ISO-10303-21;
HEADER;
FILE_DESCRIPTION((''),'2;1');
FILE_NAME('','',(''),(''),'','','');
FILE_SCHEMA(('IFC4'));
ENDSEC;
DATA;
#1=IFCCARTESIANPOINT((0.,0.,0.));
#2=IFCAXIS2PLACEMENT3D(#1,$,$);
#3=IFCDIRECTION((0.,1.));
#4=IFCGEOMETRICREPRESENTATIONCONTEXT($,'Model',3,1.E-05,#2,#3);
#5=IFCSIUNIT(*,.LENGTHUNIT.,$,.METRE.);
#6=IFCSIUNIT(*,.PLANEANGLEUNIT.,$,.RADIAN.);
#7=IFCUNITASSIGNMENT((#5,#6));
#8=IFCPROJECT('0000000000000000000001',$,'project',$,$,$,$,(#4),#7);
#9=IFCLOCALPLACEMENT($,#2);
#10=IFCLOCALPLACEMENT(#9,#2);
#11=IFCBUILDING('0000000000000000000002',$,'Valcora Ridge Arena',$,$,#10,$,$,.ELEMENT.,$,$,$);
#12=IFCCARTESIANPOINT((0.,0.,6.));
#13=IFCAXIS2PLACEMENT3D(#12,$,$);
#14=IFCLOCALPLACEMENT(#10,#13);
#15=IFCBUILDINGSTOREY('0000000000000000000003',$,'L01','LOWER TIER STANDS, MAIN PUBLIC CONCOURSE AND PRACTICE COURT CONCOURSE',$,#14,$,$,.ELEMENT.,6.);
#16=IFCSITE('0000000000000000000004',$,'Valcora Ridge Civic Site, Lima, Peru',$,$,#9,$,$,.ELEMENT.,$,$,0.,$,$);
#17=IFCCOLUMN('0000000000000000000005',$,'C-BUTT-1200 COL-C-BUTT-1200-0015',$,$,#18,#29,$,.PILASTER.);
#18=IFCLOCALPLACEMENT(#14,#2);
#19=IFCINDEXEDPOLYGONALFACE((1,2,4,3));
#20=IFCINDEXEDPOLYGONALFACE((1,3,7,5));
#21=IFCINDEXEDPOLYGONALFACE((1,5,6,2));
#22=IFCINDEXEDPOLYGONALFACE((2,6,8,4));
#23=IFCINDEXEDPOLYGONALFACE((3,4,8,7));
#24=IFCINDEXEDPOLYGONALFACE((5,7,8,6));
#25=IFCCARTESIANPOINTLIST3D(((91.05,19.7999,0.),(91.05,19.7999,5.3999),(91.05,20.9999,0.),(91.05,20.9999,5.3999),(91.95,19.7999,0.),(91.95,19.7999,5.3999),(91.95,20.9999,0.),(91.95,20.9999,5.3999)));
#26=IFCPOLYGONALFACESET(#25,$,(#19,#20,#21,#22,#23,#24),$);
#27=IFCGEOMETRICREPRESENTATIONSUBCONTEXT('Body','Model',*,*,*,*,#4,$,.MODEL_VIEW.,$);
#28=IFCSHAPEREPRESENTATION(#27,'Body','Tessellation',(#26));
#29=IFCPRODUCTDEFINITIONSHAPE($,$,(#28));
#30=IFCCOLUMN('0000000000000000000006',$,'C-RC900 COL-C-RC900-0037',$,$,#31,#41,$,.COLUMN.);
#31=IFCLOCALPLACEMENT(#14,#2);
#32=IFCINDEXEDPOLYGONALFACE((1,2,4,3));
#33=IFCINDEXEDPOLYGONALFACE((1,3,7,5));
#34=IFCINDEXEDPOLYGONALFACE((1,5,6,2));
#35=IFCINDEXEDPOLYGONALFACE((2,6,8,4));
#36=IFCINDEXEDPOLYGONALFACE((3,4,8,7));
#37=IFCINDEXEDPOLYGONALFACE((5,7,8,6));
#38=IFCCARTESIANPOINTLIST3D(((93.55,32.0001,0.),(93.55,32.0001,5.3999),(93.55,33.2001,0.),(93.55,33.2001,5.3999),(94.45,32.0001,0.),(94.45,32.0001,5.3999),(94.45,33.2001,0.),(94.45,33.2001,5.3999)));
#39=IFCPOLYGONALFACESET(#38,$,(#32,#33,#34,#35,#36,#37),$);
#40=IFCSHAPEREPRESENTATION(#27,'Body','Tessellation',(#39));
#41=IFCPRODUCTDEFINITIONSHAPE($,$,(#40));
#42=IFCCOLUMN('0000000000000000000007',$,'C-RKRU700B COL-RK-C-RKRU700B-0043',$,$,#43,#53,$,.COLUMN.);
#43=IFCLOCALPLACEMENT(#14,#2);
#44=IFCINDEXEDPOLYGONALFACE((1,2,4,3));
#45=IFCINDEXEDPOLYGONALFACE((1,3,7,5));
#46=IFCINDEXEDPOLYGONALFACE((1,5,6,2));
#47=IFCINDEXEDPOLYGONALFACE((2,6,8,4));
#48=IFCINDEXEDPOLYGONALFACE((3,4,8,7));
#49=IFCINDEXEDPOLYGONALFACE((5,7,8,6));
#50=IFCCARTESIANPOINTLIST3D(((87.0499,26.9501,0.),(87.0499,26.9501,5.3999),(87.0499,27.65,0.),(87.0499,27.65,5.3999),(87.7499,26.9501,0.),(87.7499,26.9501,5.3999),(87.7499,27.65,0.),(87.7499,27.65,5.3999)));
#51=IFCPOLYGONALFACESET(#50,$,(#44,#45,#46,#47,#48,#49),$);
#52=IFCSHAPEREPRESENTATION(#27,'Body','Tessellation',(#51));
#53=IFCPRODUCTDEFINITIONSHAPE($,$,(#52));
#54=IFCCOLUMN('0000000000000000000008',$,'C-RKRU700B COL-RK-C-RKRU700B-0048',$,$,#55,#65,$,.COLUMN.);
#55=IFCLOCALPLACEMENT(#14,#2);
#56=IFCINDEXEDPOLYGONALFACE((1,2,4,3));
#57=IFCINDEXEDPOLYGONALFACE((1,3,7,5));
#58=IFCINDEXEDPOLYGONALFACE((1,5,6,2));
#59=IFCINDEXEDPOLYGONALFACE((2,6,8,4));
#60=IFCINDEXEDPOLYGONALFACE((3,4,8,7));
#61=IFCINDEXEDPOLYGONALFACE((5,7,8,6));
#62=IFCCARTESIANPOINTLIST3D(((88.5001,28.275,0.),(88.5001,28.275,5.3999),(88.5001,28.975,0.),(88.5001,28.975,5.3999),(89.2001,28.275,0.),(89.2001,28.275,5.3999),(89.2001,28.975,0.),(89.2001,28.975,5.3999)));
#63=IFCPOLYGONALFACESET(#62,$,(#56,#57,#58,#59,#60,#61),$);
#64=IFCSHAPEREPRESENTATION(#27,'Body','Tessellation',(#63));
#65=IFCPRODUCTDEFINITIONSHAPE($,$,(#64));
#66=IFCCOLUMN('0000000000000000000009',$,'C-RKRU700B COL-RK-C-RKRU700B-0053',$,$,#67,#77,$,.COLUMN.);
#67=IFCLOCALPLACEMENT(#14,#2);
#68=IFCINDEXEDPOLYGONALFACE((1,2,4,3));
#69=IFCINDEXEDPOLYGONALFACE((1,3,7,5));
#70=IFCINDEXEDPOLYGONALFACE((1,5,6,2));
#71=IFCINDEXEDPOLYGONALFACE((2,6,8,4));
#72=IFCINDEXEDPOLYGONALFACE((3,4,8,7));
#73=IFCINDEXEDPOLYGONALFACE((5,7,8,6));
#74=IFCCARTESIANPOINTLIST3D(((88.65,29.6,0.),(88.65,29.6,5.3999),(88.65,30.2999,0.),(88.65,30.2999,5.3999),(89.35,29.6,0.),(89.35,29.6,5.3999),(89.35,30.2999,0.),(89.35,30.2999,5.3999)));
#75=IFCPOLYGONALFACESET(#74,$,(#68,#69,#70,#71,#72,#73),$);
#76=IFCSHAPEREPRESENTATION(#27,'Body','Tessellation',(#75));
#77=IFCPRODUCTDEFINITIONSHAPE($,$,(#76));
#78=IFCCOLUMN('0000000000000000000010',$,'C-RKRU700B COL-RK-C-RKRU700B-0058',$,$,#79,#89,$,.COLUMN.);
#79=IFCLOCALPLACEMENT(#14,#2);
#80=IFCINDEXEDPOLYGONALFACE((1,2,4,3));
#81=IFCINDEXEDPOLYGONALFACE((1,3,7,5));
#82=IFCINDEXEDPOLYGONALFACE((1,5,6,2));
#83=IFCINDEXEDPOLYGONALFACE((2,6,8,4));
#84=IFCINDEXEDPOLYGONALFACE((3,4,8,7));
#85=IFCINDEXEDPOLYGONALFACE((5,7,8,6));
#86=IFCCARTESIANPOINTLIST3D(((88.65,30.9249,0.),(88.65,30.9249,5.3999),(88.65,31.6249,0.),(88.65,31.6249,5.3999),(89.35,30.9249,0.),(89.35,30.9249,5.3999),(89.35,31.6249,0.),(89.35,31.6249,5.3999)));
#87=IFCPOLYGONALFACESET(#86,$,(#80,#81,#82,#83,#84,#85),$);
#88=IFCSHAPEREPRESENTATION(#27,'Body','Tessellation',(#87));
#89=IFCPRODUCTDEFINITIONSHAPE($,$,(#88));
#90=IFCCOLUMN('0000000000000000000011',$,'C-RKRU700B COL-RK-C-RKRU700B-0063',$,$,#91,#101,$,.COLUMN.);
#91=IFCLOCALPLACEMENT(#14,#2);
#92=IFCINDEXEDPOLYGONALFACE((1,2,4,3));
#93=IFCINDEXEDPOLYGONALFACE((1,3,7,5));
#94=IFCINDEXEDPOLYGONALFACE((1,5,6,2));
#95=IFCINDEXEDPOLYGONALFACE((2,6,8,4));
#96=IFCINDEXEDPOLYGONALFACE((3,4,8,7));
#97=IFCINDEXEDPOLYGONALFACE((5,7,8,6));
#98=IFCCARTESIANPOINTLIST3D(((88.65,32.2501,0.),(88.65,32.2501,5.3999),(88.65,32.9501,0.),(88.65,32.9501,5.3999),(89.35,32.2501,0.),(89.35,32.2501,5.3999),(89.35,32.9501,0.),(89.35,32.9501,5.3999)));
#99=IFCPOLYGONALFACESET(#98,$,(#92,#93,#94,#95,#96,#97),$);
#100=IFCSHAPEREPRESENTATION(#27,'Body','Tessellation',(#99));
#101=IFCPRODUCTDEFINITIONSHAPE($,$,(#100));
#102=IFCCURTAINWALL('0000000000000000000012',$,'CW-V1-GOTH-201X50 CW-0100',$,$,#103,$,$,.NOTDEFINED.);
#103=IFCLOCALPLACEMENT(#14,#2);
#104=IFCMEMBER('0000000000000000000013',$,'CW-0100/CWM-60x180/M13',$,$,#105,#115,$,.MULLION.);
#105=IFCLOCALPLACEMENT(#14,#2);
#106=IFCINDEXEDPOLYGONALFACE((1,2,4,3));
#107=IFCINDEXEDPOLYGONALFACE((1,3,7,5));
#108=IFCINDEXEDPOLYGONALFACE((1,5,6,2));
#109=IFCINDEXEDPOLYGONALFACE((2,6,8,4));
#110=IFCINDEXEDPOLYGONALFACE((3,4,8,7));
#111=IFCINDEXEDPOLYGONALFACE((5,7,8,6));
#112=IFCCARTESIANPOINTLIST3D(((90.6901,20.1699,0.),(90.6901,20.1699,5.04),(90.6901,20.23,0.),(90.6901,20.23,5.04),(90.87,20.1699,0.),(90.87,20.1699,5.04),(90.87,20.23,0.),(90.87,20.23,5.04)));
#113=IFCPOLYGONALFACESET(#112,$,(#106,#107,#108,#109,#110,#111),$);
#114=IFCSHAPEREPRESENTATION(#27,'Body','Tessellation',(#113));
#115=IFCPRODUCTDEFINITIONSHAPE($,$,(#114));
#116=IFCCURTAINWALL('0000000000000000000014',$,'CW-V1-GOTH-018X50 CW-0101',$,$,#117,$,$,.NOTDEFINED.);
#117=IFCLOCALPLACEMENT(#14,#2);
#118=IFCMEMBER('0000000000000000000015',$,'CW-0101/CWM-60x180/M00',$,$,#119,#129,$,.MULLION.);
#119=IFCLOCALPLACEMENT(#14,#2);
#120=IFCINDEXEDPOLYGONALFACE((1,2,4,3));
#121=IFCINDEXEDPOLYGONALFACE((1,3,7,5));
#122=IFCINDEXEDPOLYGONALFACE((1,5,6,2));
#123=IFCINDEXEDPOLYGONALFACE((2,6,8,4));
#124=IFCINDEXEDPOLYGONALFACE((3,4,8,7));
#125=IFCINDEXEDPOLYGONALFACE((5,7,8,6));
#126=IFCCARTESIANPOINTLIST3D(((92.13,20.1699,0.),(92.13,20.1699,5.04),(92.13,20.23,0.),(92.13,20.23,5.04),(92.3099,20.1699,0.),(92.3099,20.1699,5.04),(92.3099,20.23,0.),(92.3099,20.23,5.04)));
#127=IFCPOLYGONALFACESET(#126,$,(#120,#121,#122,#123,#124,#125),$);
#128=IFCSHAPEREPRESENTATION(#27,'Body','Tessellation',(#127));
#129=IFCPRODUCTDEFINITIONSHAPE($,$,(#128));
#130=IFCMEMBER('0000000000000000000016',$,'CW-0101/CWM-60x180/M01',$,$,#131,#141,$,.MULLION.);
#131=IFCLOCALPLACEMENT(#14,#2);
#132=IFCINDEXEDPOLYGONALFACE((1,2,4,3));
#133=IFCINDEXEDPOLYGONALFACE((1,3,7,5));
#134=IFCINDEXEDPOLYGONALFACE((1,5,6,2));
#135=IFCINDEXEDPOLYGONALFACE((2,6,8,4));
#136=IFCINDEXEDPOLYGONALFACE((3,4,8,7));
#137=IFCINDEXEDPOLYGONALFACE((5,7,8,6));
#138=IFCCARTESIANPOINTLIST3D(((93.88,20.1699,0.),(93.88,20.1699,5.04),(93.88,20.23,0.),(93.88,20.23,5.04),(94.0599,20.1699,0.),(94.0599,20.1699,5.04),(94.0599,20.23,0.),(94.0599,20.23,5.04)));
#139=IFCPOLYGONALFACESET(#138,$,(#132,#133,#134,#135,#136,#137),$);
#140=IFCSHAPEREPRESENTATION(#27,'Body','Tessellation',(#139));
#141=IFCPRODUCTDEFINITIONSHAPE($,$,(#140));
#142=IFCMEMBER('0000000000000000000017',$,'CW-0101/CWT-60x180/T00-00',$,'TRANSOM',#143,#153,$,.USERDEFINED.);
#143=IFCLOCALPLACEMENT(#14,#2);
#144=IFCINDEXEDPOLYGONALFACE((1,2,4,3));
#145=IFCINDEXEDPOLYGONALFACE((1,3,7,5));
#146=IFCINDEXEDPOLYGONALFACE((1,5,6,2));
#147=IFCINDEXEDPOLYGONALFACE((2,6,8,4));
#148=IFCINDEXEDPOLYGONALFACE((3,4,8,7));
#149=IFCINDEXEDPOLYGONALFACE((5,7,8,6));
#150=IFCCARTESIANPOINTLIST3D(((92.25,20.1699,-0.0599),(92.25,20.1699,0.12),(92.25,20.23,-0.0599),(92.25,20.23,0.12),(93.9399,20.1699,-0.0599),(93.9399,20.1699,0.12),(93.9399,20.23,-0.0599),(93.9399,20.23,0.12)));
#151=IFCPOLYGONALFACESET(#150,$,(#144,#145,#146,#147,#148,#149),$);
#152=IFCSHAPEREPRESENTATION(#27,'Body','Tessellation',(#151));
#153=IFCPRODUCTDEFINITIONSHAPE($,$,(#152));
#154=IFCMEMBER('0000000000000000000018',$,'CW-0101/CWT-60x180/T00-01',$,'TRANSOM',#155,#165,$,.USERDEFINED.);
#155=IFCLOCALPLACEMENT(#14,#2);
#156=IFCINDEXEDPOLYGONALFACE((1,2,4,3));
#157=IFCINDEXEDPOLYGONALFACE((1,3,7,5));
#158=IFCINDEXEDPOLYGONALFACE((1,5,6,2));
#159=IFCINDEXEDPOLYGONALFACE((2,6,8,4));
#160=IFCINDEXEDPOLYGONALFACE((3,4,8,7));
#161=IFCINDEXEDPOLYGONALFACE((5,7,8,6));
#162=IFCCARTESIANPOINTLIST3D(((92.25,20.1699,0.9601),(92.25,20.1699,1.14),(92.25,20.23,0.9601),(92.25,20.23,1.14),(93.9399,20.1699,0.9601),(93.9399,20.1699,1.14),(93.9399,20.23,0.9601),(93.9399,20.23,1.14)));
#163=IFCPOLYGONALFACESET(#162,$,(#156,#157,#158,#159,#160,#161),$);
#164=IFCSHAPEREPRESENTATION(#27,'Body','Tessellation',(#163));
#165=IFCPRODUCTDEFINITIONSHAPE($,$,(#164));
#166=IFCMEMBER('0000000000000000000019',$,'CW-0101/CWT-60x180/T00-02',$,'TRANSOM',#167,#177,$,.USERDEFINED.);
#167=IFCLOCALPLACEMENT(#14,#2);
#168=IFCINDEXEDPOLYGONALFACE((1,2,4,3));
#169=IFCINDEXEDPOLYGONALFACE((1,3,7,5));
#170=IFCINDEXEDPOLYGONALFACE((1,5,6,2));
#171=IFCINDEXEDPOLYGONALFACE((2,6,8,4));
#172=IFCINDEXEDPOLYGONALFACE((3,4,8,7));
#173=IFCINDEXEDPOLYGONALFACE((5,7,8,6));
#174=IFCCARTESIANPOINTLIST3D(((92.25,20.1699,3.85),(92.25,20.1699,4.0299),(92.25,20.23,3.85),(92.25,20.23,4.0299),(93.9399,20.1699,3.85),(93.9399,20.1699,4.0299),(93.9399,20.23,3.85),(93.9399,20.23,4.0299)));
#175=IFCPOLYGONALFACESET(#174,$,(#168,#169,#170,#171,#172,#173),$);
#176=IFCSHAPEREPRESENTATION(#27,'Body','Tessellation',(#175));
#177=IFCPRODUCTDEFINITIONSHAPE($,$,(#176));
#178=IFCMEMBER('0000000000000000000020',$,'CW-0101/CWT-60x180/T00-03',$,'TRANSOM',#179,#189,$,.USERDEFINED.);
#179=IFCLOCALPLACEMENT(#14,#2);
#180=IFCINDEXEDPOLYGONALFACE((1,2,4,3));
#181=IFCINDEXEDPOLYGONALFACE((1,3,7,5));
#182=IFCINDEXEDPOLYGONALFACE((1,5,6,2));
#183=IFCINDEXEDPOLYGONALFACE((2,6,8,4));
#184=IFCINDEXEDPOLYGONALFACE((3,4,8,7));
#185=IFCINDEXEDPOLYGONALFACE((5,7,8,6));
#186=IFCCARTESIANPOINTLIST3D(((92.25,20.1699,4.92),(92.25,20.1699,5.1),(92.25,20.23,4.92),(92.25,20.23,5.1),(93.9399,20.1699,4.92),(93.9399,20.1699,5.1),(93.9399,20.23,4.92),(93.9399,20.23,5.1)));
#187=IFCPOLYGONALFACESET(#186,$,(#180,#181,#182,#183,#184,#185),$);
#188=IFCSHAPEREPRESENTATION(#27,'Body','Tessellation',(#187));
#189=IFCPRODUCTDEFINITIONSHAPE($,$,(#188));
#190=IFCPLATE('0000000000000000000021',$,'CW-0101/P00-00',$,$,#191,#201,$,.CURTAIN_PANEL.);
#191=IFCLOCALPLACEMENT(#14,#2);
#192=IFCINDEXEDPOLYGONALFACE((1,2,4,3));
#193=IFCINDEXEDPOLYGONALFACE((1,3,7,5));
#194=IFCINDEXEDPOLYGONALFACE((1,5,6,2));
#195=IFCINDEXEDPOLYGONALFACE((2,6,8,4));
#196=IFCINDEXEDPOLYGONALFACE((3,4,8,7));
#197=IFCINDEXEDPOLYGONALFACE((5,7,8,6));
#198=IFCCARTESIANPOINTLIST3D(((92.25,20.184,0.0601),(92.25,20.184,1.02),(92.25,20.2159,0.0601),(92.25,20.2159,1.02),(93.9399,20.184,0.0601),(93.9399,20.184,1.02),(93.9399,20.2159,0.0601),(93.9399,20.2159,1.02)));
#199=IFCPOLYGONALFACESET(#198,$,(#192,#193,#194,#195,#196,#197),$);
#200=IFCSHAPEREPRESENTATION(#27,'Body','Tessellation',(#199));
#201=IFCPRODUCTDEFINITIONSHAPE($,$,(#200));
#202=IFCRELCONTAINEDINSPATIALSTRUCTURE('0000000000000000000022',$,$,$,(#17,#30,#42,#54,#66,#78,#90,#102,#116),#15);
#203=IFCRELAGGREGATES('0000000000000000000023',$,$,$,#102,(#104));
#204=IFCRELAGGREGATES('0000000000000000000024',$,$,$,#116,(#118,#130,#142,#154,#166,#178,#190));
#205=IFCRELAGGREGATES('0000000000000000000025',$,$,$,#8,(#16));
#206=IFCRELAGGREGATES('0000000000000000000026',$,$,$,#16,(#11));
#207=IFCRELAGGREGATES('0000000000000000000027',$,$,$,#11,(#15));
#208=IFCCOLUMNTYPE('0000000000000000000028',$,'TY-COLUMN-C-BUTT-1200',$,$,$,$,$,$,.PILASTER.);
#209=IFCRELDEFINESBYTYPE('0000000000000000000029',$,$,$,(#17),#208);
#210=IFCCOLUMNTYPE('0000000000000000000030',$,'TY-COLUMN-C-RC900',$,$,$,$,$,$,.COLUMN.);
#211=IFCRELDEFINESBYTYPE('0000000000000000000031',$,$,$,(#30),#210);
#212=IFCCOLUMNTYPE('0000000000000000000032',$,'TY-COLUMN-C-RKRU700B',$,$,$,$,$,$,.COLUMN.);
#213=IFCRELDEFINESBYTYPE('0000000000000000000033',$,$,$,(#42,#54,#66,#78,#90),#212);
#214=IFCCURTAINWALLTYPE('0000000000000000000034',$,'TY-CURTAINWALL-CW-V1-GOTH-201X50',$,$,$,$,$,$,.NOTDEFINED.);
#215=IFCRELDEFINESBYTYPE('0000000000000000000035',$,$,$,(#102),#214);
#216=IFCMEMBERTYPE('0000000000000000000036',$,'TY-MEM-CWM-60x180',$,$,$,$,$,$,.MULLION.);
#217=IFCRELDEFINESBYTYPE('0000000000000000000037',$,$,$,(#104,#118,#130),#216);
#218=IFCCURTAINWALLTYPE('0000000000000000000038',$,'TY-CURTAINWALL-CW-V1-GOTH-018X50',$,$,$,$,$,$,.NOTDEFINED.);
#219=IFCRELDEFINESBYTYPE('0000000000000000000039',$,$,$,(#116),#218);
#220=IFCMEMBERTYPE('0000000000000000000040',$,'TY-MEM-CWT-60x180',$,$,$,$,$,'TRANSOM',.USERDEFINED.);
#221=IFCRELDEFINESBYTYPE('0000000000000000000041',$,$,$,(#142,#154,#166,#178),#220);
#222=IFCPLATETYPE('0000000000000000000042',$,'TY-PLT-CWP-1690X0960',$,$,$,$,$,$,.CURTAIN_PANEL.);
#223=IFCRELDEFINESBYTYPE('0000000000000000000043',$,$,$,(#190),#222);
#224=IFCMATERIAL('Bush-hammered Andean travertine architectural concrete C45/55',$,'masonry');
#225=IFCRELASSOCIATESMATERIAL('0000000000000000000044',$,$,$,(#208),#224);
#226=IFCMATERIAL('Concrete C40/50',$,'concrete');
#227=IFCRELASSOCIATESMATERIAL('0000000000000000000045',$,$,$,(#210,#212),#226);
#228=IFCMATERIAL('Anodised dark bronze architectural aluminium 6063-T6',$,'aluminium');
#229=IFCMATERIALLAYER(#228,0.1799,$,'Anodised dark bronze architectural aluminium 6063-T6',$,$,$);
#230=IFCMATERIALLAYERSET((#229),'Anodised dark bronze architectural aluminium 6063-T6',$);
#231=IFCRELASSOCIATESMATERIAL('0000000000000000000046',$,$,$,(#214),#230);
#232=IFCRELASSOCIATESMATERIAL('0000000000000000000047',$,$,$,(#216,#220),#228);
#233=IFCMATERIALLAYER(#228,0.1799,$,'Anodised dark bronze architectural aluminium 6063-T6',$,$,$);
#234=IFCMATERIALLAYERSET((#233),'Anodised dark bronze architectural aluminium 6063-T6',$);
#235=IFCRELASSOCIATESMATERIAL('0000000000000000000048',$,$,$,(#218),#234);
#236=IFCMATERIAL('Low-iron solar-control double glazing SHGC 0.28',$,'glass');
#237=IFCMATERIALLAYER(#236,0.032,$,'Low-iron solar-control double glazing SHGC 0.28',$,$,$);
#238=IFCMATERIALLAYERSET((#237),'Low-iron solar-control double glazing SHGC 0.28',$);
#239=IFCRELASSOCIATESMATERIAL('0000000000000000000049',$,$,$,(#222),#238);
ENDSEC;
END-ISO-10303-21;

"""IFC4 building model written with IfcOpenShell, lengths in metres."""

from ifc_helpers import new_model, si_unit, direction, frame, origin, origin_2d, place, context, subcontext, project, spatial, rectangle, extrude, material, layer, layer_set, material_profile, profile_set, type_object, element, aggregate, save


model = new_model("IFC4")

# Units and contexts
model_context = context("Model", 3, precision=1e-05, world=origin(), true_north=direction((0.0, 1.0)))
body_context = subcontext(model_context, "Body", "Model", "MODEL_VIEW")
ifc_project = project(units=[si_unit("LENGTHUNIT", "METRE"), si_unit("PLANEANGLEUNIT", "RADIAN")], contexts=[model_context])

# Site, building, storey
site_placement = place(None, origin())
site = spatial("IfcSite", under=ifc_project, at=site_placement, Name="Valcora Ridge Civic Site, Lima, Peru", CompositionType="ELEMENT", RefElevation=0.0)
building_placement = place(site_placement, origin())
building = spatial("IfcBuilding", under=site, at=building_placement, Name="Valcora Ridge Arena", CompositionType="ELEMENT")
storey_placement = place(building_placement, frame((0.0, 0.0, 6.0)))
storey = spatial("IfcBuildingStorey", under=building, at=storey_placement, Name="L01", Description="LOWER TIER STANDS, MAIN PUBLIC CONCOURSE AND PRACTICE COURT CONCOURSE", CompositionType="ELEMENT", Elevation=6.0)

# Columns
ifc_material_1 = material(Name="Bush-hammered Andean travertine architectural concrete C45/55", Category="masonry")
ifc_material_profile_1 = material_profile(ifc_material_1, rectangle(XDim=0.8999, YDim=1.2, at=origin_2d()), Name="RC 900x1200")
ifc_profile_set_1 = profile_set([ifc_material_profile_1], Name="Bush-hammered Andean travertine architectural concrete C45/55")
column_type_1 = type_object("IfcColumnType", Name="TY-COLUMN-C-BUTT-1200", PredefinedType="PILASTER", material=ifc_profile_set_1)
column_1_placement = place(storey_placement, frame((91.5, 20.3999, 0.0), z_axis=(0.0, 0.0, 1.0), x_axis=(1.0, 0.0, 0.0)))
element("IfcColumn", 1, at=column_1_placement, inside=storey, type_object=column_type_1, Name="C-BUTT-1200 COL-C-BUTT-1200-0015", PredefinedType="PILASTER", context=body_context, shape_type="SweptSolid", body=[
    extrude(rectangle(XDim=0.8999, YDim=1.2, at=origin_2d()), origin(), (0.0, 0.0, 1.0), 5.3999),
])
ifc_material_2 = material(Name="Concrete C40/50", Category="concrete")
ifc_material_profile_2 = material_profile(ifc_material_2, rectangle(XDim=0.8999, YDim=1.2, at=origin_2d()), Name="RC 900x1200")
ifc_profile_set_2 = profile_set([ifc_material_profile_2], Name="Concrete C40/50")
column_type_2 = type_object("IfcColumnType", Name="TY-COLUMN-C-RC900", PredefinedType="COLUMN", material=ifc_profile_set_2)
column_2_placement = place(storey_placement, frame((94.0, 32.6001, 0.0), z_axis=(0.0, 0.0, 1.0), x_axis=(1.0, 0.0, 0.0)))
element("IfcColumn", 2, at=column_2_placement, inside=storey, type_object=column_type_2, Name="C-RC900 COL-C-RC900-0037", PredefinedType="COLUMN", context=body_context, shape_type="SweptSolid", body=[
    extrude(rectangle(XDim=0.8999, YDim=1.2, at=origin_2d()), origin(), (0.0, 0.0, 1.0), 5.3999),
])
ifc_material_profile_3 = material_profile(ifc_material_2, rectangle(XDim=0.7, YDim=0.7, at=origin_2d()), Name="RC 700x700")
ifc_profile_set_3 = profile_set([ifc_material_profile_3], Name="Concrete C40/50")
column_type_3 = type_object("IfcColumnType", Name="TY-COLUMN-C-RKRU700B", PredefinedType="COLUMN", material=ifc_profile_set_3)
for number, where, z_axis, x_axis, name in (
    (3, (87.3999, 27.3, 0.0), (0.0, 0.0, 1.0), (1.0, 0.0, 0.0), "C-RKRU700B COL-RK-C-RKRU700B-0043"),
    (4, (88.8501, 28.625, 0.0), (0.0, 0.0, 1.0), (1.0, 0.0, 0.0), "C-RKRU700B COL-RK-C-RKRU700B-0048"),
    (5, (89.0, 29.95, 0.0), (0.0, 0.0, 1.0), (1.0, 0.0, 0.0), "C-RKRU700B COL-RK-C-RKRU700B-0053"),
    (6, (89.0, 31.2749, 0.0), (0.0, 0.0, 1.0), (1.0, 0.0, 0.0), "C-RKRU700B COL-RK-C-RKRU700B-0058"),
    (7, (89.0, 32.6001, 0.0), (0.0, 0.0, 1.0), (1.0, 0.0, 0.0), "C-RKRU700B COL-RK-C-RKRU700B-0063"),
):
    element("IfcColumn", number, at=place(storey_placement, frame(where, z_axis=z_axis, x_axis=x_axis)), inside=storey, type_object=column_type_3, Name=name, PredefinedType="COLUMN", context=body_context, shape_type="SweptSolid", body=[
        extrude(rectangle(XDim=0.7, YDim=0.7, at=origin_2d()), origin(), (0.0, 0.0, 1.0), 5.3999),
    ])

# Curtain wall, member
ifc_material_3 = material(Name="Anodised dark bronze architectural aluminium 6063-T6", Category="aluminium")
ifc_layer_1 = layer(ifc_material_3, 0.1799, Name="Anodised dark bronze architectural aluminium 6063-T6")
ifc_layer_set_1 = layer_set([ifc_layer_1], Name="Anodised dark bronze architectural aluminium 6063-T6")
curtain_wall_type_1 = type_object("IfcCurtainWallType", Name="TY-CURTAINWALL-CW-V1-GOTH-201X50", PredefinedType="NOTDEFINED", material=ifc_layer_set_1)
curtain_wall_1_placement = place(storey_placement, origin())
curtain_wall_1 = element("IfcCurtainWall", 8, at=curtain_wall_1_placement, inside=storey, type_object=curtain_wall_type_1, Name="CW-V1-GOTH-201X50 CW-0100", PredefinedType="NOTDEFINED")
ifc_material_profile_4 = material_profile(ifc_material_3, rectangle(XDim=0.0601, YDim=0.1799, at=origin_2d()), Name="ALU MULLION 60x180")
ifc_profile_set_4 = profile_set([ifc_material_profile_4], Name="Anodised dark bronze architectural aluminium 6063-T6")
member_type_1 = type_object("IfcMemberType", Name="TY-MEM-CWM-60x180", PredefinedType="MULLION", material=ifc_profile_set_4)
member_1_placement = place(storey_placement, frame((90.78, 20.2, 0.0), z_axis=(0.0, 0.0, 1.0), x_axis=(0.0, 1.0, 0.0)))
member_1 = element("IfcMember", 9, at=member_1_placement, type_object=member_type_1, Name="CW-0100/CWM-60x180/M13", PredefinedType="MULLION", context=body_context, shape_type="SweptSolid", body=[
    extrude(rectangle(XDim=0.0601, YDim=0.1799, at=origin_2d()), origin(), (0.0, 0.0, 1.0), 5.04),
])
aggregate(curtain_wall_1, [member_1])

# Curtain wall, members, plate
ifc_layer_2 = layer(ifc_material_3, 0.1799, Name="Anodised dark bronze architectural aluminium 6063-T6")
ifc_layer_set_2 = layer_set([ifc_layer_2], Name="Anodised dark bronze architectural aluminium 6063-T6")
curtain_wall_type_2 = type_object("IfcCurtainWallType", Name="TY-CURTAINWALL-CW-V1-GOTH-018X50", PredefinedType="NOTDEFINED", material=ifc_layer_set_2)
curtain_wall_2_placement = place(storey_placement, origin())
curtain_wall_2 = element("IfcCurtainWall", 10, at=curtain_wall_2_placement, inside=storey, type_object=curtain_wall_type_2, Name="CW-V1-GOTH-018X50 CW-0101", PredefinedType="NOTDEFINED")
member_2_placement = place(storey_placement, frame((92.22, 20.2, 0.0), z_axis=(0.0, 0.0, 1.0), x_axis=(0.0, 1.0, 0.0)))
member_2 = element("IfcMember", 11, at=member_2_placement, type_object=member_type_1, Name="CW-0101/CWM-60x180/M00", PredefinedType="MULLION", context=body_context, shape_type="SweptSolid", body=[
    extrude(rectangle(XDim=0.0601, YDim=0.1799, at=origin_2d()), origin(), (0.0, 0.0, 1.0), 5.04),
])
member_3_placement = place(storey_placement, frame((93.97, 20.2, 0.0), z_axis=(0.0, 0.0, 1.0), x_axis=(0.0, 1.0, 0.0)))
member_3 = element("IfcMember", 12, at=member_3_placement, type_object=member_type_1, Name="CW-0101/CWM-60x180/M01", PredefinedType="MULLION", context=body_context, shape_type="SweptSolid", body=[
    extrude(rectangle(XDim=0.0601, YDim=0.1799, at=origin_2d()), origin(), (0.0, 0.0, 1.0), 5.04),
])
ifc_material_profile_5 = material_profile(ifc_material_3, rectangle(XDim=0.0601, YDim=0.1799, at=origin_2d()), Name="ALU TRANSOM 60x180")
ifc_profile_set_5 = profile_set([ifc_material_profile_5], Name="Anodised dark bronze architectural aluminium 6063-T6")
member_type_2 = type_object("IfcMemberType", Name="TY-MEM-CWT-60x180", ElementType="TRANSOM", PredefinedType="USERDEFINED", material=ifc_profile_set_5)
member_4_placement = place(storey_placement, frame((92.25, 20.2, 0.03), z_axis=(1.0, 0.0, 0.0), x_axis=(0.0, 1.0, 0.0)))
member_4 = element("IfcMember", 13, at=member_4_placement, type_object=member_type_2, Name="CW-0101/CWT-60x180/T00-00", ObjectType="TRANSOM", PredefinedType="USERDEFINED", context=body_context, shape_type="SweptSolid", body=[
    extrude(rectangle(XDim=0.0601, YDim=0.1799, at=origin_2d()), origin(), (0.0, 0.0, 1.0), 1.6899),
])
member_5_placement = place(storey_placement, frame((92.25, 20.2, 1.05), z_axis=(1.0, 0.0, 0.0), x_axis=(0.0, 1.0, 0.0)))
member_5 = element("IfcMember", 14, at=member_5_placement, type_object=member_type_2, Name="CW-0101/CWT-60x180/T00-01", ObjectType="TRANSOM", PredefinedType="USERDEFINED", context=body_context, shape_type="SweptSolid", body=[
    extrude(rectangle(XDim=0.0601, YDim=0.1799, at=origin_2d()), origin(), (0.0, 0.0, 1.0), 1.6899),
])
member_6_placement = place(storey_placement, frame((92.25, 20.2, 3.9399), z_axis=(1.0, 0.0, 0.0), x_axis=(0.0, 1.0, 0.0)))
member_6 = element("IfcMember", 15, at=member_6_placement, type_object=member_type_2, Name="CW-0101/CWT-60x180/T00-02", ObjectType="TRANSOM", PredefinedType="USERDEFINED", context=body_context, shape_type="SweptSolid", body=[
    extrude(rectangle(XDim=0.0601, YDim=0.1799, at=origin_2d()), origin(), (0.0, 0.0, 1.0), 1.6899),
])
member_7_placement = place(storey_placement, frame((92.25, 20.2, 5.01), z_axis=(1.0, 0.0, 0.0), x_axis=(0.0, 1.0, 0.0)))
member_7 = element("IfcMember", 16, at=member_7_placement, type_object=member_type_2, Name="CW-0101/CWT-60x180/T00-03", ObjectType="TRANSOM", PredefinedType="USERDEFINED", context=body_context, shape_type="SweptSolid", body=[
    extrude(rectangle(XDim=0.0601, YDim=0.1799, at=origin_2d()), origin(), (0.0, 0.0, 1.0), 1.6899),
])
ifc_material_4 = material(Name="Low-iron solar-control double glazing SHGC 0.28", Category="glass")
ifc_layer_3 = layer(ifc_material_4, 0.032, Name="Low-iron solar-control double glazing SHGC 0.28")
ifc_layer_set_3 = layer_set([ifc_layer_3], Name="Low-iron solar-control double glazing SHGC 0.28")
plate_type_1 = type_object("IfcPlateType", Name="TY-PLT-CWP-1690X0960", PredefinedType="CURTAIN_PANEL", material=ifc_layer_set_3)
plate_1_placement = place(storey_placement, frame((93.095, 20.2, 0.0601), z_axis=(0.0, 0.0, 1.0), x_axis=(1.0, 0.0, 0.0)))
plate_1 = element("IfcPlate", 17, at=plate_1_placement, type_object=plate_type_1, Name="CW-0101/P00-00", PredefinedType="CURTAIN_PANEL", context=body_context, shape_type="SweptSolid", body=[
    extrude(rectangle(XDim=1.6899, YDim=0.032, at=origin_2d()), origin(), (0.0, 0.0, 1.0), 0.96),
])
aggregate(curtain_wall_2, [member_2, member_3, member_4, member_5, member_6, member_7, plate_1])

save(model, "model.ifc")
